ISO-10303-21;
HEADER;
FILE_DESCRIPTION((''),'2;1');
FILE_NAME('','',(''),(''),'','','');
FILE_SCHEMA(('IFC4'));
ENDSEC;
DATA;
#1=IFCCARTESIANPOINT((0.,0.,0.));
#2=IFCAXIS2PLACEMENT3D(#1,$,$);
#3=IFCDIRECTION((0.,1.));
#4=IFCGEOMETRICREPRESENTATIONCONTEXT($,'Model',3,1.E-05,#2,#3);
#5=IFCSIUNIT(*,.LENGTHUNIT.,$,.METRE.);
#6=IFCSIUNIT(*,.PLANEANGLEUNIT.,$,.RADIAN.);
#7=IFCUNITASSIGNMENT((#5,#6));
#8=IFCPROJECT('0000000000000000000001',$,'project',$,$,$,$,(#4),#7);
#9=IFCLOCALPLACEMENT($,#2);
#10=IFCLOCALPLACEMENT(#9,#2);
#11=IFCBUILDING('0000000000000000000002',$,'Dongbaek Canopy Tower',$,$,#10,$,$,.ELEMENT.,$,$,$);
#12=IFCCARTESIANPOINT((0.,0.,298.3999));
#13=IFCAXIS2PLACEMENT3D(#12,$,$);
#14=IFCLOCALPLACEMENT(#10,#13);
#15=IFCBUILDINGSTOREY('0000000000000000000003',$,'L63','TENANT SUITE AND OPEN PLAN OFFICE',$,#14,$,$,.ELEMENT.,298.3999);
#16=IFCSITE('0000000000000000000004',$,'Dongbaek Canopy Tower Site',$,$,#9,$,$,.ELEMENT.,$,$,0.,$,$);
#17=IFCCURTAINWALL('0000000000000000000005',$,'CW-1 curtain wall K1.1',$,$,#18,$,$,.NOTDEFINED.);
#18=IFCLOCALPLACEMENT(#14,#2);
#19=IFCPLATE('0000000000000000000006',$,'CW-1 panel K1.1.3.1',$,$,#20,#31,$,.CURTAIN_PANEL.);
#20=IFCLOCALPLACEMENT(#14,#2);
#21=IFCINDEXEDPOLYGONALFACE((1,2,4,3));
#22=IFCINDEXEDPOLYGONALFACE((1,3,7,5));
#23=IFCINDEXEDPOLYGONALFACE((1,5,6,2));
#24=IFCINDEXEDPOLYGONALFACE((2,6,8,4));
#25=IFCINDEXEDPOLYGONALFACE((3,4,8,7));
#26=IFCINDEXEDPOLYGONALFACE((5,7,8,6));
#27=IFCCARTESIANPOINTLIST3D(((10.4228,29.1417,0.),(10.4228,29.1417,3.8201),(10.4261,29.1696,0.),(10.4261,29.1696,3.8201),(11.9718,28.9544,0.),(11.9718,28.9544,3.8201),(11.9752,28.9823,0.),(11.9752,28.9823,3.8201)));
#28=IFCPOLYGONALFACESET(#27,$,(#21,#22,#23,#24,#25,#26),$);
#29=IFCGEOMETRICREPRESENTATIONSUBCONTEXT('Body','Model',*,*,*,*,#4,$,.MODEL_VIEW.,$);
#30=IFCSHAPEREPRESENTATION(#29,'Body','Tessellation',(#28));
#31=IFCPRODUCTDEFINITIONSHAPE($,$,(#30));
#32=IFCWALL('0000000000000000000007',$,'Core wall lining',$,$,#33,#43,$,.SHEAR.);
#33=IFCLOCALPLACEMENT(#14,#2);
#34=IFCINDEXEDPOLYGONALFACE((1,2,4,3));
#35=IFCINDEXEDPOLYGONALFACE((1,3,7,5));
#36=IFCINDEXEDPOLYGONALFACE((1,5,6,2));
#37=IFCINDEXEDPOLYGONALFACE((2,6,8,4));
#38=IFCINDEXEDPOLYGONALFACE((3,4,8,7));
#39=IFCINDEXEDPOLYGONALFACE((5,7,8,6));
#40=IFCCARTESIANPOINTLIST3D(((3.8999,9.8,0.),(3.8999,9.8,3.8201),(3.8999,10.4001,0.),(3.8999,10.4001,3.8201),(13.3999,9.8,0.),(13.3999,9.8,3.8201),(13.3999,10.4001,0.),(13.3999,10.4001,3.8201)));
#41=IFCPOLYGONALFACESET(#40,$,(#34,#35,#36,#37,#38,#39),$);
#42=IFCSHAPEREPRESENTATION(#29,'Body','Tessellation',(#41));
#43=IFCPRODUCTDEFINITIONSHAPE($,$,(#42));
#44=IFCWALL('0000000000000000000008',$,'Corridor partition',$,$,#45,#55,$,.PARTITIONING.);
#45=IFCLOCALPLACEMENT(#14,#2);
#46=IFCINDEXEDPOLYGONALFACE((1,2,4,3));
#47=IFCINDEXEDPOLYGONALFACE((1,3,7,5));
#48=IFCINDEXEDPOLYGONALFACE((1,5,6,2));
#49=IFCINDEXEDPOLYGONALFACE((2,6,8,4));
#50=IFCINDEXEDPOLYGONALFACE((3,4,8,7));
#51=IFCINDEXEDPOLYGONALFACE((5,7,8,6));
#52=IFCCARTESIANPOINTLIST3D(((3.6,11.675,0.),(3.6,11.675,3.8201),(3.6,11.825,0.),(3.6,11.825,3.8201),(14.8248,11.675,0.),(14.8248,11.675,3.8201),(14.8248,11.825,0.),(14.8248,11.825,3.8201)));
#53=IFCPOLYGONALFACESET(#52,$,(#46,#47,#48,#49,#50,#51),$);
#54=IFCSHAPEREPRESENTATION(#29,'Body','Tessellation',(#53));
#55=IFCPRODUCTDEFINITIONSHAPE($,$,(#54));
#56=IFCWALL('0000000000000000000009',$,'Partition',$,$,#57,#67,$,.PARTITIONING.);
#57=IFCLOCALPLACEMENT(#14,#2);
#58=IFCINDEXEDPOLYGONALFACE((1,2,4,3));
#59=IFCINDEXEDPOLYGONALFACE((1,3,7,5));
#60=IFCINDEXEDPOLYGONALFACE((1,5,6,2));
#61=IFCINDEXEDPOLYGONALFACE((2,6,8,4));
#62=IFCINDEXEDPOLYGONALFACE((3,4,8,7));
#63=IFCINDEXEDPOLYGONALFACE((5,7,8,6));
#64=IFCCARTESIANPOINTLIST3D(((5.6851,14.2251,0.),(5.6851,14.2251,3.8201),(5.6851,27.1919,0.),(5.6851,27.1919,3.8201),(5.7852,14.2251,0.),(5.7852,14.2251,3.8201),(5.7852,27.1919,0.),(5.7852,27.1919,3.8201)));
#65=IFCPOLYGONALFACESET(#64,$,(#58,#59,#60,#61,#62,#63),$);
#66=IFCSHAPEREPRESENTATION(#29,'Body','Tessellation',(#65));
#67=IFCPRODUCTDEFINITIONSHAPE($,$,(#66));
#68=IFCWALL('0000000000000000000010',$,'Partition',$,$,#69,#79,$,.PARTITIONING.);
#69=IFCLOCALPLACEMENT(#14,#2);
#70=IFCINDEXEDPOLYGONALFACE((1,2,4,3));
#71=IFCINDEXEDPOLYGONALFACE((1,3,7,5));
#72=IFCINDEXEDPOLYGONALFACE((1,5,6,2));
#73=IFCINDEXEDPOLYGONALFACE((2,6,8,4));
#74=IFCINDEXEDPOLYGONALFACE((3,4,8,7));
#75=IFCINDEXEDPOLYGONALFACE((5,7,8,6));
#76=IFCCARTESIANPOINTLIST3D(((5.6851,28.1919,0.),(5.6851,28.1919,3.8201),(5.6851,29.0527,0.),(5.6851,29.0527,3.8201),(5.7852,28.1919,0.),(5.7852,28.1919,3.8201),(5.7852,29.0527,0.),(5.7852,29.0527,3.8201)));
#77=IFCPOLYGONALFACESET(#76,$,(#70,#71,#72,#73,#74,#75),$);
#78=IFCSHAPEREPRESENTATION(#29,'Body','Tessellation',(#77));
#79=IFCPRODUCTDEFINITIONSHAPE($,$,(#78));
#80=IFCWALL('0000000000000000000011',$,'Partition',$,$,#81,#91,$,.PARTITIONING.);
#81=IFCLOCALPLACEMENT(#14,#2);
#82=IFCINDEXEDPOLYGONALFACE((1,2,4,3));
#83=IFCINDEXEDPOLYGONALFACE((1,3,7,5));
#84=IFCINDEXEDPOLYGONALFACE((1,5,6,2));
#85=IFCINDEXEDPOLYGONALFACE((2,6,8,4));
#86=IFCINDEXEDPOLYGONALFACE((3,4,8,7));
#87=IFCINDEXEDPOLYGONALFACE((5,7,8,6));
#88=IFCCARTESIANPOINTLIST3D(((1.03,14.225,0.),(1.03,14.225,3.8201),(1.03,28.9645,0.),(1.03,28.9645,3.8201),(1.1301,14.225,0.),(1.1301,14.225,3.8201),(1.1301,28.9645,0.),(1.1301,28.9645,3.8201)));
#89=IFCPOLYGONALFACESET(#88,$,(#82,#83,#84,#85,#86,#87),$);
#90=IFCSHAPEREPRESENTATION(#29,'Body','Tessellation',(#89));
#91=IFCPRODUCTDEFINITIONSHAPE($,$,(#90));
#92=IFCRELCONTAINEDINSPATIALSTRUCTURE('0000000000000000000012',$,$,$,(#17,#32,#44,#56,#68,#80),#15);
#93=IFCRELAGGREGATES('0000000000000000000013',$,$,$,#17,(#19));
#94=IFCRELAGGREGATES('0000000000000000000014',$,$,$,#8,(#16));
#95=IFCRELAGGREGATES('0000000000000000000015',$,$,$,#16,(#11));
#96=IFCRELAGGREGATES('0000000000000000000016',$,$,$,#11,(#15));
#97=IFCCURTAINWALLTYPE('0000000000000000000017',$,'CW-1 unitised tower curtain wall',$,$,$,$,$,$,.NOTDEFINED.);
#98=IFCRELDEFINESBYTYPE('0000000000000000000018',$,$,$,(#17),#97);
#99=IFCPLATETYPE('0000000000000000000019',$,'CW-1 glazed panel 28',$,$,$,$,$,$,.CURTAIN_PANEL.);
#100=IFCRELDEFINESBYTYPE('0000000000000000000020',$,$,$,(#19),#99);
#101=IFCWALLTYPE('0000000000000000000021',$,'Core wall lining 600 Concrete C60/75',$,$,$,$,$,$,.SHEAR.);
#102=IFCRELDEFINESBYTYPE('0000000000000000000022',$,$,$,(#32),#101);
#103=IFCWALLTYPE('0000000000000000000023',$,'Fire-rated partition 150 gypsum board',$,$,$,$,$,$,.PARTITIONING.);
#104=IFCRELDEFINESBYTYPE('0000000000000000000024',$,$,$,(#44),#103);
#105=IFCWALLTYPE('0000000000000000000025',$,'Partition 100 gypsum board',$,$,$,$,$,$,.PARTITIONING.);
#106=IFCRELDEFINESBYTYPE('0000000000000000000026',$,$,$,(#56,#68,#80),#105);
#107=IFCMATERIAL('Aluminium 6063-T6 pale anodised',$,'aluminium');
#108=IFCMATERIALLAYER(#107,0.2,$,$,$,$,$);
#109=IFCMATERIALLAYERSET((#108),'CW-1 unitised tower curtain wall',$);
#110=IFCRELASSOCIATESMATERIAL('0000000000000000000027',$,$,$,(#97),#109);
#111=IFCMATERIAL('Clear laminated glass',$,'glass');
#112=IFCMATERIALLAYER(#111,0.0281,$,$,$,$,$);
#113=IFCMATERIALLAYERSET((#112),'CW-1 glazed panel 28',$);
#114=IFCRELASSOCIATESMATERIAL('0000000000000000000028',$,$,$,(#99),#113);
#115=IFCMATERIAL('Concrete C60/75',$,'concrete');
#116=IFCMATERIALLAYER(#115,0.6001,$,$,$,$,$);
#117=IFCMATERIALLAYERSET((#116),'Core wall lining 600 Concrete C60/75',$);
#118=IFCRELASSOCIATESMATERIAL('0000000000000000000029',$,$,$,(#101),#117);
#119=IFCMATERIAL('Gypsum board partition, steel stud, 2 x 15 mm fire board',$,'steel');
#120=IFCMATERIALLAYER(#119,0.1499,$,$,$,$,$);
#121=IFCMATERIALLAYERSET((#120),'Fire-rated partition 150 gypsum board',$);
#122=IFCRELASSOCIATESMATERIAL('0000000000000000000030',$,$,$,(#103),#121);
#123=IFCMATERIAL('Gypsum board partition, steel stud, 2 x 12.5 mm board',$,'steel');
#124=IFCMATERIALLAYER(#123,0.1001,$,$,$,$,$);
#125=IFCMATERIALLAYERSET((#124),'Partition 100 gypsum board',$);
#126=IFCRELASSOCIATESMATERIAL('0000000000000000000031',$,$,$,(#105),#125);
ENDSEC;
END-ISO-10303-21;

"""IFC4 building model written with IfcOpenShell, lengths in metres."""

from ifc_helpers import new_model, si_unit, direction, frame, frame_2d, origin, origin_2d, place, context, subcontext, project, spatial, rectangle, extrude, material, layer, layer_set, type_object, element, aggregate, save


model = new_model("IFC4")

# Units and contexts
model_context = context("Model", 3, precision=1e-05, world=origin(), true_north=direction((0.0, 1.0)))
body_context = subcontext(model_context, "Body", "Model", "MODEL_VIEW")
ifc_project = project(units=[si_unit("LENGTHUNIT", "METRE"), si_unit("PLANEANGLEUNIT", "RADIAN")], contexts=[model_context])

# Site, building, storey
site_placement = place(None, origin())
site = spatial("IfcSite", under=ifc_project, at=site_placement, Name="Dongbaek Canopy Tower Site", CompositionType="ELEMENT", RefElevation=0.0)
building_placement = place(site_placement, origin())
building = spatial("IfcBuilding", under=site, at=building_placement, Name="Dongbaek Canopy Tower", CompositionType="ELEMENT")
storey_placement = place(building_placement, frame((0.0, 0.0, 298.3999)))
storey = spatial("IfcBuildingStorey", under=building, at=storey_placement, Name="L63", Description="TENANT SUITE AND OPEN PLAN OFFICE", CompositionType="ELEMENT", Elevation=298.3999)

# Curtain wall
ifc_material_1 = material(Name="Aluminium 6063-T6 pale anodised", Category="aluminium")
ifc_layer_1 = layer(ifc_material_1, 0.2)
ifc_layer_set_1 = layer_set([ifc_layer_1], Name="CW-1 unitised tower curtain wall")
curtain_wall_type = type_object("IfcCurtainWallType", Name="CW-1 unitised tower curtain wall", PredefinedType="NOTDEFINED", material=ifc_layer_set_1)
curtain_wall_placement = place(storey_placement, origin())
curtain_wall = element("IfcCurtainWall", 1, at=curtain_wall_placement, inside=storey, type_object=curtain_wall_type, Name="CW-1 curtain wall K1.1", PredefinedType="NOTDEFINED")

# Plate
ifc_material_2 = material(Name="Clear laminated glass", Category="glass")
ifc_layer_2 = layer(ifc_material_2, 0.0281)
ifc_layer_set_2 = layer_set([ifc_layer_2], Name="CW-1 glazed panel 28")
plate_type = type_object("IfcPlateType", Name="CW-1 glazed panel 28", PredefinedType="CURTAIN_PANEL", material=ifc_layer_set_2)
plate_1_placement = place(storey_placement, frame((11.199, 29.062, 0.0), z_axis=(0.0, 0.0, 1.0), x_axis=(-0.992771, 0.120026, 0.0)))
plate_1 = element("IfcPlate", 2, at=plate_1_placement, type_object=plate_type, Name="CW-1 panel K1.1.3.1", PredefinedType="CURTAIN_PANEL", context=body_context, shape_type="SweptSolid", body=[
    extrude(rectangle(XDim=1.5603, YDim=0.0281, at=origin_2d()), origin(), (0.0, 0.0, 1.0), 3.8201),
])
aggregate(curtain_wall, [plate_1])

# Walls
ifc_material_3 = material(Name="Concrete C60/75", Category="concrete")
ifc_layer_3 = layer(ifc_material_3, 0.6001)
ifc_layer_set_3 = layer_set([ifc_layer_3], Name="Core wall lining 600 Concrete C60/75")
wall_type_1 = type_object("IfcWallType", Name="Core wall lining 600 Concrete C60/75", PredefinedType="SHEAR", material=ifc_layer_set_3)
wall_1_placement = place(storey_placement, frame((3.8999, 10.1001, 0.0), z_axis=(0.0, 0.0, 1.0), x_axis=(1.0, 0.0, 0.0)))
element("IfcWall", 3, at=wall_1_placement, inside=storey, type_object=wall_type_1, Name="Core wall lining", PredefinedType="SHEAR", context=body_context, shape_type="SweptSolid", body=[
    extrude(rectangle(XDim=9.5, YDim=0.6001, at=frame_2d((4.75, 0.0))), origin(), (0.0, 0.0, 1.0), 3.8201),
])
ifc_material_4 = material(Name="Gypsum board partition, steel stud, 2 x 15 mm fire board", Category="steel")
ifc_layer_4 = layer(ifc_material_4, 0.1499)
ifc_layer_set_4 = layer_set([ifc_layer_4], Name="Fire-rated partition 150 gypsum board")
wall_type_2 = type_object("IfcWallType", Name="Fire-rated partition 150 gypsum board", PredefinedType="PARTITIONING", material=ifc_layer_set_4)
wall_2_placement = place(storey_placement, frame((3.6001, 11.75, 0.0), z_axis=(0.0, 0.0, 1.0), x_axis=(1.0, 0.0, 0.0)))
element("IfcWall", 4, at=wall_2_placement, inside=storey, type_object=wall_type_2, Name="Corridor partition", PredefinedType="PARTITIONING", context=body_context, shape_type="SweptSolid", body=[
    extrude(rectangle(XDim=11.2249, YDim=0.1499, at=frame_2d((5.6123, 0.0))), origin(), (0.0, 0.0, 1.0), 3.8201),
])
ifc_material_5 = material(Name="Gypsum board partition, steel stud, 2 x 12.5 mm board", Category="steel")
ifc_layer_5 = layer(ifc_material_5, 0.1001)
ifc_layer_set_5 = layer_set([ifc_layer_5], Name="Partition 100 gypsum board")
wall_type_3 = type_object("IfcWallType", Name="Partition 100 gypsum board", PredefinedType="PARTITIONING", material=ifc_layer_set_5)
wall_3_placement = place(storey_placement, frame((5.7351, 14.2251, 0.0), z_axis=(0.0, 0.0, 1.0), x_axis=(0.0, 1.0, 0.0)))
element("IfcWall", 5, at=wall_3_placement, inside=storey, type_object=wall_type_3, Name="Partition", PredefinedType="PARTITIONING", context=body_context, shape_type="SweptSolid", body=[
    extrude(rectangle(XDim=12.9668, YDim=0.1001, at=frame_2d((6.4834, 0.0))), origin(), (0.0, 0.0, 1.0), 3.8201),
])
wall_4_placement = place(storey_placement, frame((5.7351, 28.1919, 0.0), z_axis=(0.0, 0.0, 1.0), x_axis=(0.0, 1.0, 0.0)))
element("IfcWall", 6, at=wall_4_placement, inside=storey, type_object=wall_type_3, Name="Partition", PredefinedType="PARTITIONING", context=body_context, shape_type="SweptSolid", body=[
    extrude(rectangle(XDim=0.8608, YDim=0.1001, at=frame_2d((0.4304, 0.0))), origin(), (0.0, 0.0, 1.0), 3.8201),
])
wall_5_placement = place(storey_placement, frame((1.0801, 14.2251, 0.0), z_axis=(0.0, 0.0, 1.0), x_axis=(0.0, 1.0, 0.0)))
element("IfcWall", 7, at=wall_5_placement, inside=storey, type_object=wall_type_3, Name="Partition", PredefinedType="PARTITIONING", context=body_context, shape_type="SweptSolid", body=[
    extrude(rectangle(XDim=14.7395, YDim=0.1001, at=frame_2d((7.3696, 0.0))), origin(), (0.0, 0.0, 1.0), 3.8201),
])

save(model, "model.ifc")
